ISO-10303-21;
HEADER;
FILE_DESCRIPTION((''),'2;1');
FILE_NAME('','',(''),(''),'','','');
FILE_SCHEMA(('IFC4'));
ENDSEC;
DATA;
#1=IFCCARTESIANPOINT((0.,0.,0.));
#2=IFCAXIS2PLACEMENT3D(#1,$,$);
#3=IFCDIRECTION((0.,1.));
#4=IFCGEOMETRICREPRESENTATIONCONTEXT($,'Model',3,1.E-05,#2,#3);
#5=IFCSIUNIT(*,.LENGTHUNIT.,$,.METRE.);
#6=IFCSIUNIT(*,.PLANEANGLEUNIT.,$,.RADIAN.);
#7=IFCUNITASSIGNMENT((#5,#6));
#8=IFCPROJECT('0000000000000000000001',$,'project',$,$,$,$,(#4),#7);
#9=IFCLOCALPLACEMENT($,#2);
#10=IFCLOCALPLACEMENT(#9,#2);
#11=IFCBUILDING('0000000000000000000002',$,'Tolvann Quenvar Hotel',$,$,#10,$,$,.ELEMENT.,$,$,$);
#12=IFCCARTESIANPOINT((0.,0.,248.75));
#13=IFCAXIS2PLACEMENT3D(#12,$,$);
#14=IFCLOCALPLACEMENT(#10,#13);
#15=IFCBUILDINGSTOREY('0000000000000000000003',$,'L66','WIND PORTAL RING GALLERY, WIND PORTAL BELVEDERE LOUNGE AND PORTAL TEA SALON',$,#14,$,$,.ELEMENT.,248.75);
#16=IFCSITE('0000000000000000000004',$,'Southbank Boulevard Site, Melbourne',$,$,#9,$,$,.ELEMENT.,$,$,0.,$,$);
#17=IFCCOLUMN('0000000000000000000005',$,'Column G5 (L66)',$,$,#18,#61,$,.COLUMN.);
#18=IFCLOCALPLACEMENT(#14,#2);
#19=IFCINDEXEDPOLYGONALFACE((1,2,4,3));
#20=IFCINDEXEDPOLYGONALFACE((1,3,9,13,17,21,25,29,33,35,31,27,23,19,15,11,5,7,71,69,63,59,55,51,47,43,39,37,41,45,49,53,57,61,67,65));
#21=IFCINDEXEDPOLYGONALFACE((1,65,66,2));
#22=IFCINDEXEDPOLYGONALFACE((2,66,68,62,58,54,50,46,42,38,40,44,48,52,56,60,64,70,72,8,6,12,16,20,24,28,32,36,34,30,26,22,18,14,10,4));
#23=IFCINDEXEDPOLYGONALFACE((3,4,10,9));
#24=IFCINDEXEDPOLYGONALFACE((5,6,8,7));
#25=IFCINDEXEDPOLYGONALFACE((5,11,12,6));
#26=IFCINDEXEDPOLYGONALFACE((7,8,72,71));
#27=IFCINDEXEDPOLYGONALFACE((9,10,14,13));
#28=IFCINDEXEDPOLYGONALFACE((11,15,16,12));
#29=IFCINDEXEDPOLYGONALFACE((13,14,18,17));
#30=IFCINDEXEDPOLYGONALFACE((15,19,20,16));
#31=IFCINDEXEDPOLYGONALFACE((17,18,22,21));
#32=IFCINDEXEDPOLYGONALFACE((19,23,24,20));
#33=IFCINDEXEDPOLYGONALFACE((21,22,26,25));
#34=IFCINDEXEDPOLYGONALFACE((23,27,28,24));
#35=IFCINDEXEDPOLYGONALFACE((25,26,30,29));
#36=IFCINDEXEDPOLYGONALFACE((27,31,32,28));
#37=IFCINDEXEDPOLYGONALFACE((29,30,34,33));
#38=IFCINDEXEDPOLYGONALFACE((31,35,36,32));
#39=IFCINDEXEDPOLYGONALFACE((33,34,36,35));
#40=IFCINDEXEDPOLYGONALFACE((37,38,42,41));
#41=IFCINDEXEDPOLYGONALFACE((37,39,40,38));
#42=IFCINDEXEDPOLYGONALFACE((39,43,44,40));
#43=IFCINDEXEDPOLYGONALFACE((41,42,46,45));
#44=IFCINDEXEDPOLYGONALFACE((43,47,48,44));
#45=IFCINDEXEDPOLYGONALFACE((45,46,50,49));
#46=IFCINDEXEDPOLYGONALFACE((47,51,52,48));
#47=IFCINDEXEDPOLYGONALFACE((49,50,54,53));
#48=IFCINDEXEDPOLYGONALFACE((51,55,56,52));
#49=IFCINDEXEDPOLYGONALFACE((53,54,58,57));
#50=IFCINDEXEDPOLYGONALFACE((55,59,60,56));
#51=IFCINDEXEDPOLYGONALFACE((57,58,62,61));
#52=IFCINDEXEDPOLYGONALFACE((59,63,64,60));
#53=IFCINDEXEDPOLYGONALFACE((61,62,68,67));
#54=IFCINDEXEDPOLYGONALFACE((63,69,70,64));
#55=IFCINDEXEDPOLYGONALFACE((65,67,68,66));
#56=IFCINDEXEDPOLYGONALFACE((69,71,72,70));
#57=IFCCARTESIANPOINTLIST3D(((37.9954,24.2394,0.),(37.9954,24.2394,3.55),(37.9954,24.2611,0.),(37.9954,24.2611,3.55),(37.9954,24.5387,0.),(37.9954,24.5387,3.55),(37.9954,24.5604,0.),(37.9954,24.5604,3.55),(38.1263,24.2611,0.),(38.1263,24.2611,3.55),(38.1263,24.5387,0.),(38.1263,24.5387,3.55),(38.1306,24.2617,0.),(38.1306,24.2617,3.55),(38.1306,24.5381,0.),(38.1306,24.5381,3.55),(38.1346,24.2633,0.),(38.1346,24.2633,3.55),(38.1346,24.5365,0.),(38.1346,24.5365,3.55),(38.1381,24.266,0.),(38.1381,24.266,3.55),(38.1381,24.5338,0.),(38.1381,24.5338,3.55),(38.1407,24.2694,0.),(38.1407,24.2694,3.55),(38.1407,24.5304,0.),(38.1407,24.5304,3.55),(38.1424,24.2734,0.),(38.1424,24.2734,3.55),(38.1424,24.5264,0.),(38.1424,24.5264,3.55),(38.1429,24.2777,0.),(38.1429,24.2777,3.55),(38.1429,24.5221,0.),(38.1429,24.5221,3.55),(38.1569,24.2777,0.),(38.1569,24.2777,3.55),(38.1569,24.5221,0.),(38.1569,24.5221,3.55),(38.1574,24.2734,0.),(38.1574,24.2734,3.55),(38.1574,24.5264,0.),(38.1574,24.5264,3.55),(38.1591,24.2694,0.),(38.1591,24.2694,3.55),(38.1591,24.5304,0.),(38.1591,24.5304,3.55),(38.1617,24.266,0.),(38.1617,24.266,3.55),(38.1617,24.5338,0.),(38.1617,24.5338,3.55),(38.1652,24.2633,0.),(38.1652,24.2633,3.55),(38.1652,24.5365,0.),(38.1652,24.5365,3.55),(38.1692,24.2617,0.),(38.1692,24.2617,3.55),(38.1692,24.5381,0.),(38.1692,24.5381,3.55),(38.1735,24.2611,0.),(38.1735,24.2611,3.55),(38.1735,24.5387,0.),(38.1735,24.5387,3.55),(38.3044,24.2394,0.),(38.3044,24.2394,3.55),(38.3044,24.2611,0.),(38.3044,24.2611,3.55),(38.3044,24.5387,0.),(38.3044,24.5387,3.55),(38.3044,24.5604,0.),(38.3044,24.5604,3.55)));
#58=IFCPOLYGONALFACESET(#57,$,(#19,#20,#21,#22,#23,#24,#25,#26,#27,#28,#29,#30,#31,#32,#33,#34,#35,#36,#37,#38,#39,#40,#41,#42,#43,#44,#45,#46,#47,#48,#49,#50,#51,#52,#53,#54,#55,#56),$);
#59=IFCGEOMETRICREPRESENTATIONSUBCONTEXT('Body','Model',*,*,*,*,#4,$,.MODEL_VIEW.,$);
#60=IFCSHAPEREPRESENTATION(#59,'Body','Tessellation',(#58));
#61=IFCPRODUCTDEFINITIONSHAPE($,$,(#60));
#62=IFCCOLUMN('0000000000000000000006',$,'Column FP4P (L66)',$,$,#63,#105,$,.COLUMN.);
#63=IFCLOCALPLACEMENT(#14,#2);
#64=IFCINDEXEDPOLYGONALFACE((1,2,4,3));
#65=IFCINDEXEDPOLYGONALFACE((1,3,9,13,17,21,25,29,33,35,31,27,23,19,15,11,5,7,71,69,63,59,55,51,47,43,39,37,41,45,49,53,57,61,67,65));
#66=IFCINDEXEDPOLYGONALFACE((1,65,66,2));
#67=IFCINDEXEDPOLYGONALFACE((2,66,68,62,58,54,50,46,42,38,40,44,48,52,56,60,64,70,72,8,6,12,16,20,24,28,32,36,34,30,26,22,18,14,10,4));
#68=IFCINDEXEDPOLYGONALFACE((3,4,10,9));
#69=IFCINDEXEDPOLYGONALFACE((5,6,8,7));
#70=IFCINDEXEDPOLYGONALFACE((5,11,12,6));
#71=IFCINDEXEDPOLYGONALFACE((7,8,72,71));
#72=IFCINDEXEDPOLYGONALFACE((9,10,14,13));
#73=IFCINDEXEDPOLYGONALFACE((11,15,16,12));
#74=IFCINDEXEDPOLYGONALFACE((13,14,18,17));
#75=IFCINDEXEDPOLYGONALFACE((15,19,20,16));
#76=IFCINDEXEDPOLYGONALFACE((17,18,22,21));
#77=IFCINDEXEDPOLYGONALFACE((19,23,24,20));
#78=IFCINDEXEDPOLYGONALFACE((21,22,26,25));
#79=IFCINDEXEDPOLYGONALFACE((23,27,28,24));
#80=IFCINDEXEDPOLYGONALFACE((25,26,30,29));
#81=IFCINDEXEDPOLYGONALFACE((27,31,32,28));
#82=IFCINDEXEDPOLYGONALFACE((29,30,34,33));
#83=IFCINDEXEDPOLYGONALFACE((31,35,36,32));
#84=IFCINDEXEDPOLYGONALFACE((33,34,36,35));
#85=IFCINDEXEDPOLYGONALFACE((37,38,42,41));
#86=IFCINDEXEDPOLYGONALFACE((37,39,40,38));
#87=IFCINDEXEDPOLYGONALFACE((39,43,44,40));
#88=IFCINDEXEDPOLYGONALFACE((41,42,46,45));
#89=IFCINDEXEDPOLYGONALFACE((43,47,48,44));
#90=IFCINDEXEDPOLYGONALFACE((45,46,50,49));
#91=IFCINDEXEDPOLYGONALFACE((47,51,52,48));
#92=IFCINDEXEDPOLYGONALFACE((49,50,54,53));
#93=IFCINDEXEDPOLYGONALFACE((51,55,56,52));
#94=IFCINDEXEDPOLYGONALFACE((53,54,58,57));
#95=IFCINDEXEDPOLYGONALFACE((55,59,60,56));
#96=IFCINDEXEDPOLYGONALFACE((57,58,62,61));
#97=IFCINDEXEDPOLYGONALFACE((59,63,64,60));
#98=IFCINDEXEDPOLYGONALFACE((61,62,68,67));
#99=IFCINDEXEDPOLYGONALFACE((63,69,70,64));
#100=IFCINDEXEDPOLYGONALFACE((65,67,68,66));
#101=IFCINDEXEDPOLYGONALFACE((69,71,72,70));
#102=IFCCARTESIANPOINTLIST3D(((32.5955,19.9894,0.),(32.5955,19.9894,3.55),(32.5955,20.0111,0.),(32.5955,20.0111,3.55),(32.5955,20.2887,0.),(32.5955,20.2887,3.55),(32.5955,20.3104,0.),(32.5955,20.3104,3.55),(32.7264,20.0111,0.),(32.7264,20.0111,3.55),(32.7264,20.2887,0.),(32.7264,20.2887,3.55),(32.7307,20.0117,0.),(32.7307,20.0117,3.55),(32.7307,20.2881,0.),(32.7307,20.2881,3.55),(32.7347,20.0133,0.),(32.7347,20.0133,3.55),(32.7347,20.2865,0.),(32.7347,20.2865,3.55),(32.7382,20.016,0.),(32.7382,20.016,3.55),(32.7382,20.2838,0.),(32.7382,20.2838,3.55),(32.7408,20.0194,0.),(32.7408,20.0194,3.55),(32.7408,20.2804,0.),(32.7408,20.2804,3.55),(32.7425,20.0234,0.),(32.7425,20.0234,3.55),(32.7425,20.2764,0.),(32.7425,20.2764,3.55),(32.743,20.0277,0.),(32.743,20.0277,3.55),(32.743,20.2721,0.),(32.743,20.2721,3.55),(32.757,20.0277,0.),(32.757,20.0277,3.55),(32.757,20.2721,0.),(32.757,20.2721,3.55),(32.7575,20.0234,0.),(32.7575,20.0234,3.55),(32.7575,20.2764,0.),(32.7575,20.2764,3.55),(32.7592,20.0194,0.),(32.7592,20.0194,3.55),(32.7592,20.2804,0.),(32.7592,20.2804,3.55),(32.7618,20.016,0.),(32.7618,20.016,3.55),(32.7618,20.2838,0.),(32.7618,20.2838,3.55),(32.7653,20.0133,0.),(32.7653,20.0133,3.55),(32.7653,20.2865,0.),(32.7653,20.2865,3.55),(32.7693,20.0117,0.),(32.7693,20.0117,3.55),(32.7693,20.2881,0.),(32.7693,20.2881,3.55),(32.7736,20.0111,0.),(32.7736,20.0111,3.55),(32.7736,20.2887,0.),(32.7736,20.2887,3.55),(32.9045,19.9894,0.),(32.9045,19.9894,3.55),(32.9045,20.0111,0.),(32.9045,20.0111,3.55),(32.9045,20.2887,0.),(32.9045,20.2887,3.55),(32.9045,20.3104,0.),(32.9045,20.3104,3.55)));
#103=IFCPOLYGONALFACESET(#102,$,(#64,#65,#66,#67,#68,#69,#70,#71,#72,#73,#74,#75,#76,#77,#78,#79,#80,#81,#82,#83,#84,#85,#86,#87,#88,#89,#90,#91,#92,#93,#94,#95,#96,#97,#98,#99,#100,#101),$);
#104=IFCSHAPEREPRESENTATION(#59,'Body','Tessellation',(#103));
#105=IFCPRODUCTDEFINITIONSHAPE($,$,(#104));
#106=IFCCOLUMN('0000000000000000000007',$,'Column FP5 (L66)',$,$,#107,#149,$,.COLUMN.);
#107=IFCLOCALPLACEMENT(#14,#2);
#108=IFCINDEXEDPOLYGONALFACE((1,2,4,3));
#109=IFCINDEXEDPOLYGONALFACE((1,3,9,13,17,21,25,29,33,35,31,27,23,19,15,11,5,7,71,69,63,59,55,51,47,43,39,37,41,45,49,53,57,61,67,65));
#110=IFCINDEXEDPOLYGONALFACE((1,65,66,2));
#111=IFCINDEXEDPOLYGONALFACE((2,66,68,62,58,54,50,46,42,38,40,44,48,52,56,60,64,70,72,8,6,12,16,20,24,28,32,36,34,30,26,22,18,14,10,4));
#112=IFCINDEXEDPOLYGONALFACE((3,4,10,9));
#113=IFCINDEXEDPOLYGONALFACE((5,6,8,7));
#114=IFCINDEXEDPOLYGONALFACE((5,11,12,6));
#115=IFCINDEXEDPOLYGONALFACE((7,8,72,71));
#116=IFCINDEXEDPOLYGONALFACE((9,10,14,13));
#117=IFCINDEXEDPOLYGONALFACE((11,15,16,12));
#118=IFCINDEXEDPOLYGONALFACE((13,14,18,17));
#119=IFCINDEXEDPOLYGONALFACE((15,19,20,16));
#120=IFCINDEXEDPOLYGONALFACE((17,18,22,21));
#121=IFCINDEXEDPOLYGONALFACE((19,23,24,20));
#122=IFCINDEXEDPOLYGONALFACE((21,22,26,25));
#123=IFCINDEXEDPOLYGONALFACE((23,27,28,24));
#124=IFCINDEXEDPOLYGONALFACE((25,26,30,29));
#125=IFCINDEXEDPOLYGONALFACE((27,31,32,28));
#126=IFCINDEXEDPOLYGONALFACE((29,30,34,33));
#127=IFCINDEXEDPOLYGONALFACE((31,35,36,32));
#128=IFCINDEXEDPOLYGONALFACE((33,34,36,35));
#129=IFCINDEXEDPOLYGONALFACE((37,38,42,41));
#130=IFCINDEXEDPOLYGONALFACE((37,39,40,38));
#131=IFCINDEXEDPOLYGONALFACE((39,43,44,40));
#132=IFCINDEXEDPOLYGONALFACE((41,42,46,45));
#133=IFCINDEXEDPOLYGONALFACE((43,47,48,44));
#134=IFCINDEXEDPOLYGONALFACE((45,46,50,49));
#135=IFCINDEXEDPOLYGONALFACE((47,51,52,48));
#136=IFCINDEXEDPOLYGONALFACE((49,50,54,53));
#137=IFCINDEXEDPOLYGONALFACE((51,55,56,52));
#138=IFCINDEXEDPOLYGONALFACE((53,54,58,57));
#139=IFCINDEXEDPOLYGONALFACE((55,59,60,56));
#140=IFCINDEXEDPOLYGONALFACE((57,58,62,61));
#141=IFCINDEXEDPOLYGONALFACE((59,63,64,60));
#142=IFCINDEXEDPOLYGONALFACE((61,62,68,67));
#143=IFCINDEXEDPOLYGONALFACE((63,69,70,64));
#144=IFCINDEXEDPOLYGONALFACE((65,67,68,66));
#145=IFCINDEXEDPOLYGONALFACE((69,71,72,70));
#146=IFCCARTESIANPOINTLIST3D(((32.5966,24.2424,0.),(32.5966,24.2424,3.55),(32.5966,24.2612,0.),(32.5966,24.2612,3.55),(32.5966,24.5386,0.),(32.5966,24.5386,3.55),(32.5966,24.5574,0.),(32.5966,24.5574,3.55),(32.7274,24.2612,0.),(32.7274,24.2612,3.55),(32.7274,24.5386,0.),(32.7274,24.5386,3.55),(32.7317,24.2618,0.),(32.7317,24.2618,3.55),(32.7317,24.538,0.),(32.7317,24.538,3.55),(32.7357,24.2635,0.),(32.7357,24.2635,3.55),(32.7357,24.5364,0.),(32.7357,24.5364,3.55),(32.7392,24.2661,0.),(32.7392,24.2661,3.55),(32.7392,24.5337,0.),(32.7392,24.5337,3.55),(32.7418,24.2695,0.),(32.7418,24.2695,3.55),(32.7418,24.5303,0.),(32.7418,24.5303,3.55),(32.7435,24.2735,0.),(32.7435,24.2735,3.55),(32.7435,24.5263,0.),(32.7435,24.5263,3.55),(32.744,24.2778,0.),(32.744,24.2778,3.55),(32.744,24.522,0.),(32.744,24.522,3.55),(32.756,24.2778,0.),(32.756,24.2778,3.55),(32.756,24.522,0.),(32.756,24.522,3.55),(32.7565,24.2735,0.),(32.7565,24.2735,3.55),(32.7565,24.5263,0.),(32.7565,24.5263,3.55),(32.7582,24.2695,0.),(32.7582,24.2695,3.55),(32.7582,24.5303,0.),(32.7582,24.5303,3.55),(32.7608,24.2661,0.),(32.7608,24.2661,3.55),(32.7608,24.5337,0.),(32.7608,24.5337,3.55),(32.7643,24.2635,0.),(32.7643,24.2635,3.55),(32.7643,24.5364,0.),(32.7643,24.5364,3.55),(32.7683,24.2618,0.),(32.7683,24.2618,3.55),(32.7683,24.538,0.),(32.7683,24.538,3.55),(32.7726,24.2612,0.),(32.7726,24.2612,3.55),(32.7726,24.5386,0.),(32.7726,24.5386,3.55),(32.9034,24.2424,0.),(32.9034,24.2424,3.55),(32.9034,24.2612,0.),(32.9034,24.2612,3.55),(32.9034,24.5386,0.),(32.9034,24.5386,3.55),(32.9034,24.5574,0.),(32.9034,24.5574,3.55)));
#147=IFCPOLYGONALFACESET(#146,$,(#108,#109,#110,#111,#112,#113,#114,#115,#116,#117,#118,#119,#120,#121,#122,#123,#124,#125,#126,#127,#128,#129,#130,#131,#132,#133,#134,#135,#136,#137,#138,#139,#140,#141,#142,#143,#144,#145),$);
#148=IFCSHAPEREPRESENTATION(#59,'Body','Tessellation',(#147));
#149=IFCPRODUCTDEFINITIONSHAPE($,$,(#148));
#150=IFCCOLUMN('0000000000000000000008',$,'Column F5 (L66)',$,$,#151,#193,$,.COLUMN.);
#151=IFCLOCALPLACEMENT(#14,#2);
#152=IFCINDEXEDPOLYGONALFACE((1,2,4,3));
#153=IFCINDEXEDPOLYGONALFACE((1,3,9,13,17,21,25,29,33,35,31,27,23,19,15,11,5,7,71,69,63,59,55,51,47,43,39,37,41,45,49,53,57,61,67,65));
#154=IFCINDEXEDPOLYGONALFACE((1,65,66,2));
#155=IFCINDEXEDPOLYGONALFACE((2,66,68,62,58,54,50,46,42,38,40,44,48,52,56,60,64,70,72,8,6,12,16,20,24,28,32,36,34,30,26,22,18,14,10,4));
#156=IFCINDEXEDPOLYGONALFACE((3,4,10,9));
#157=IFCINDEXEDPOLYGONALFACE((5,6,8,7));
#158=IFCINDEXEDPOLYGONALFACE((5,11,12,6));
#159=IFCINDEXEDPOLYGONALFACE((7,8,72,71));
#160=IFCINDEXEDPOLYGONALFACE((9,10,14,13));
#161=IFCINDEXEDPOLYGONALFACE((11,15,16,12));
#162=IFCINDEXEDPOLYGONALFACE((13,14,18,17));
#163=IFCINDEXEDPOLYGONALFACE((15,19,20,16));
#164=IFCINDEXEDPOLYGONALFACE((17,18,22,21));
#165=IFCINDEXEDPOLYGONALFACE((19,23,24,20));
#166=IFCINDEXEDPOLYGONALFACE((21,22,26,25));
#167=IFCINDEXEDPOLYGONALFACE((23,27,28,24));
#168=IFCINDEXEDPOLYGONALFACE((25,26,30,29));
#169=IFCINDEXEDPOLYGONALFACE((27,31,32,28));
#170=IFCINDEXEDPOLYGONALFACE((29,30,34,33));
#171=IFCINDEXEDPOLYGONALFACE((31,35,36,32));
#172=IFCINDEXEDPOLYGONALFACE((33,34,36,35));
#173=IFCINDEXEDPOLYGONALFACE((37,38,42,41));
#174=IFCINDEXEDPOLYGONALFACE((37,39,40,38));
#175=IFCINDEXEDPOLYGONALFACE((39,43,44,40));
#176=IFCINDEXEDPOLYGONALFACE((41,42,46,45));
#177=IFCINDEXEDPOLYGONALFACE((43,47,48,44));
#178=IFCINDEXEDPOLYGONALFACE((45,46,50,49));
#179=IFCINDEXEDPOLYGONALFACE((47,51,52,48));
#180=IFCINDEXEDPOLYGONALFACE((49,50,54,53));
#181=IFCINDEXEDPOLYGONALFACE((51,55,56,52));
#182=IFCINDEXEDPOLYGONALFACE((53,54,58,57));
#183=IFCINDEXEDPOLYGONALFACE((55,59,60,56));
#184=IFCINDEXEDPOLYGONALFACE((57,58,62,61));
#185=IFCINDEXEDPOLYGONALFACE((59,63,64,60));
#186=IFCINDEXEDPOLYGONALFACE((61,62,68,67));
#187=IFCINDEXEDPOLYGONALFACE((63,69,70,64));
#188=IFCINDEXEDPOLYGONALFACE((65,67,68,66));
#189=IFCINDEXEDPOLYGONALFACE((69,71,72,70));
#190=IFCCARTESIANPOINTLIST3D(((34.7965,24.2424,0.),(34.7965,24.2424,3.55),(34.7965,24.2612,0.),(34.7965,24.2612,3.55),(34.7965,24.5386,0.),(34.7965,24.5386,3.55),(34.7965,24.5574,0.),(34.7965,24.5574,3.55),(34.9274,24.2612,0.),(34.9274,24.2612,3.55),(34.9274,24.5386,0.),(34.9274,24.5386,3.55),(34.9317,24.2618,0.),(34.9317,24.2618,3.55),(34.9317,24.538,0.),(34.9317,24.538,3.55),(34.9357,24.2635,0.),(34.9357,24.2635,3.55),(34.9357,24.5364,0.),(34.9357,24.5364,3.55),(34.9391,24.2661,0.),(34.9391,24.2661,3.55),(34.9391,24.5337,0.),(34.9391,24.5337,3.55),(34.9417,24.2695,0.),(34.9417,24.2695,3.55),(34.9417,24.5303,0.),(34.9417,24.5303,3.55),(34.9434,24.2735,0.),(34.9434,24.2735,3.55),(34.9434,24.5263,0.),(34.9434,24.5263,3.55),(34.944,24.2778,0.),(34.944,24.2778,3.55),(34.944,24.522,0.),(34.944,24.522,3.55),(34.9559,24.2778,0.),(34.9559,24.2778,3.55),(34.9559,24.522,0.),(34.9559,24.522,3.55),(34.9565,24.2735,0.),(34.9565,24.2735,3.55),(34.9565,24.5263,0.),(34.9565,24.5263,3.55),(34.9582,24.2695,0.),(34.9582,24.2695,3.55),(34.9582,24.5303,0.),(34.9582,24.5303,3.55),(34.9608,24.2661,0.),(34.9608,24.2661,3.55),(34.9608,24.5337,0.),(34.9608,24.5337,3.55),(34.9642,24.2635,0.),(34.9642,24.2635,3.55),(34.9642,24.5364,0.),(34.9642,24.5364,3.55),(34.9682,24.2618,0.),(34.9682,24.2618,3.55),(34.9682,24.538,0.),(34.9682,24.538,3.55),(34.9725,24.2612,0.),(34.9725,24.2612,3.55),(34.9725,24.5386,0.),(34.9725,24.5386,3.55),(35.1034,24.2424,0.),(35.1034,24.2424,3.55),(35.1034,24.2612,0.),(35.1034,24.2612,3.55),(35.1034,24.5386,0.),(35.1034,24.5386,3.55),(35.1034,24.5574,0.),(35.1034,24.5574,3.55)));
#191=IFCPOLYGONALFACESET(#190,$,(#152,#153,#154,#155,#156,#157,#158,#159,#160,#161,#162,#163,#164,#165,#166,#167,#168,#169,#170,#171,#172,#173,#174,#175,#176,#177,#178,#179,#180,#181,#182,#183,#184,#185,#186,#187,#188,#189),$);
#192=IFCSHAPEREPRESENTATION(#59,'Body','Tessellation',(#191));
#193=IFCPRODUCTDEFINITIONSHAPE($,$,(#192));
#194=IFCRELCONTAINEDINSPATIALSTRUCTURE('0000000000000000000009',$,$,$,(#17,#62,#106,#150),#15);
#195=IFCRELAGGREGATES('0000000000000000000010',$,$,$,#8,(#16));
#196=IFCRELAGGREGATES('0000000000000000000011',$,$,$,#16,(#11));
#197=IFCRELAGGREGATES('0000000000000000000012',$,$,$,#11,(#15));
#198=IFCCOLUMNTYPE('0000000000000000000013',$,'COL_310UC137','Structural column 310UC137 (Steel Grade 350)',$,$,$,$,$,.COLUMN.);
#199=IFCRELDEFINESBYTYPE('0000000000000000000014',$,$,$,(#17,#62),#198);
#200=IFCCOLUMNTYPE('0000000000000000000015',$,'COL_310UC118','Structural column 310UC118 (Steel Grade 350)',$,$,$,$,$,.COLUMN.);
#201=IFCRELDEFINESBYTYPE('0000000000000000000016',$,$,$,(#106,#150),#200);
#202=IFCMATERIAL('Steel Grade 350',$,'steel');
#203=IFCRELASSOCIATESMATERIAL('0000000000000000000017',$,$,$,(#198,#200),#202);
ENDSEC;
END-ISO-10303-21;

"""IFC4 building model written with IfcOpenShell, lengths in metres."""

from ifc_helpers import new_model, si_unit, direction, frame, origin, origin_2d, place, context, subcontext, project, spatial, i_section, extrude, source, transform, mapped, material, material_profile, profile_set, type_object, type_shapes, element, save


model = new_model("IFC4")

# Units and contexts
model_context = context("Model", 3, precision=1e-05, world=origin(), true_north=direction((0.0, 1.0)))
body_context = subcontext(model_context, "Body", "Model", "MODEL_VIEW")
ifc_project = project(units=[si_unit("LENGTHUNIT", "METRE"), si_unit("PLANEANGLEUNIT", "RADIAN")], contexts=[model_context])

# Site, building, storey
site_placement = place(None, origin())
site = spatial("IfcSite", under=ifc_project, at=site_placement, Name="Southbank Boulevard Site, Melbourne", CompositionType="ELEMENT", RefElevation=0.0)
building_placement = place(site_placement, origin())
building = spatial("IfcBuilding", under=site, at=building_placement, Name="Tolvann Quenvar Hotel", CompositionType="ELEMENT")
storey_placement = place(building_placement, frame((0.0, 0.0, 248.75)))
storey = spatial("IfcBuildingStorey", under=building, at=storey_placement, Name="L66", Description="WIND PORTAL RING GALLERY, WIND PORTAL BELVEDERE LOUNGE AND PORTAL TEA SALON", CompositionType="ELEMENT", Elevation=248.75)

# Columns
ifc_material_1 = material(Name="Steel Grade 350", Category="steel")
ifc_material_profile_1 = material_profile(ifc_material_1, i_section(OverallWidth=0.3091, OverallDepth=0.321, WebThickness=0.0139, FlangeThickness=0.0217, FilletRadius=0.0166, at=origin_2d()), Name="310UC137")
ifc_profile_set_1 = profile_set([ifc_material_profile_1], Name="Steel Grade 350")
column_type_1 = type_object("IfcColumnType", Name="COL_310UC137", Description="Structural column 310UC137 (Steel Grade 350)", PredefinedType="COLUMN", material=ifc_profile_set_1)
shared_shape_1 = source(origin(), body_context, "Body", "SweptSolid", [
    extrude(i_section(OverallWidth=0.3091, OverallDepth=0.321, WebThickness=0.0139, FlangeThickness=0.0217, FilletRadius=0.0166, at=origin_2d()), origin(), (0.0, 0.0, 1.0), 3.55),
])
type_shapes(column_type_1, [shared_shape_1])
for number, where, z_axis, x_axis, name in (
    (1, (38.1499, 24.3999, 0.0), (0.0, 0.0, 1.0), (1.0, 0.0, 0.0), "Column G5 (L66)"),
    (2, (32.75, 20.1499, 0.0), (0.0, 0.0, 1.0), (1.0, 0.0, 0.0), "Column FP4P (L66)"),
):
    element("IfcColumn", number, at=place(storey_placement, frame(where, z_axis=z_axis, x_axis=x_axis)), inside=storey, type_object=column_type_1, Name=name, PredefinedType="COLUMN", context=body_context, shape_type="MappedRepresentation", body=[
        mapped(shared_shape_1, transform((0.0, 0.0, 0.0), x_axis=(1.0, 0.0, 0.0), y_axis=(0.0, 1.0, 0.0), z_axis=(0.0, 0.0, 1.0), scale=1.0)),
    ])
ifc_material_profile_2 = material_profile(ifc_material_1, i_section(OverallWidth=0.3069, OverallDepth=0.3149, WebThickness=0.012, FlangeThickness=0.0188, FilletRadius=0.0166, at=origin_2d()), Name="310UC118")
ifc_profile_set_2 = profile_set([ifc_material_profile_2], Name="Steel Grade 350")
column_type_2 = type_object("IfcColumnType", Name="COL_310UC118", Description="Structural column 310UC118 (Steel Grade 350)", PredefinedType="COLUMN", material=ifc_profile_set_2)
shared_shape_2 = source(origin(), body_context, "Body", "SweptSolid", [
    extrude(i_section(OverallWidth=0.3069, OverallDepth=0.3149, WebThickness=0.012, FlangeThickness=0.0188, FilletRadius=0.0166, at=origin_2d()), origin(), (0.0, 0.0, 1.0), 3.55),
])
type_shapes(column_type_2, [shared_shape_2])
for number, where, z_axis, x_axis, name in (
    (3, (32.75, 24.3999, 0.0), (0.0, 0.0, 1.0), (1.0, 0.0, 0.0), "Column FP5 (L66)"),
    (4, (34.95, 24.3999, 0.0), (0.0, 0.0, 1.0), (1.0, 0.0, 0.0), "Column F5 (L66)"),
):
    element("IfcColumn", number, at=place(storey_placement, frame(where, z_axis=z_axis, x_axis=x_axis)), inside=storey, type_object=column_type_2, Name=name, PredefinedType="COLUMN", context=body_context, shape_type="MappedRepresentation", body=[
        mapped(shared_shape_2, transform((0.0, 0.0, 0.0), x_axis=(1.0, 0.0, 0.0), y_axis=(0.0, 1.0, 0.0), z_axis=(0.0, 0.0, 1.0), scale=1.0)),
    ])

save(model, "model.ifc")
